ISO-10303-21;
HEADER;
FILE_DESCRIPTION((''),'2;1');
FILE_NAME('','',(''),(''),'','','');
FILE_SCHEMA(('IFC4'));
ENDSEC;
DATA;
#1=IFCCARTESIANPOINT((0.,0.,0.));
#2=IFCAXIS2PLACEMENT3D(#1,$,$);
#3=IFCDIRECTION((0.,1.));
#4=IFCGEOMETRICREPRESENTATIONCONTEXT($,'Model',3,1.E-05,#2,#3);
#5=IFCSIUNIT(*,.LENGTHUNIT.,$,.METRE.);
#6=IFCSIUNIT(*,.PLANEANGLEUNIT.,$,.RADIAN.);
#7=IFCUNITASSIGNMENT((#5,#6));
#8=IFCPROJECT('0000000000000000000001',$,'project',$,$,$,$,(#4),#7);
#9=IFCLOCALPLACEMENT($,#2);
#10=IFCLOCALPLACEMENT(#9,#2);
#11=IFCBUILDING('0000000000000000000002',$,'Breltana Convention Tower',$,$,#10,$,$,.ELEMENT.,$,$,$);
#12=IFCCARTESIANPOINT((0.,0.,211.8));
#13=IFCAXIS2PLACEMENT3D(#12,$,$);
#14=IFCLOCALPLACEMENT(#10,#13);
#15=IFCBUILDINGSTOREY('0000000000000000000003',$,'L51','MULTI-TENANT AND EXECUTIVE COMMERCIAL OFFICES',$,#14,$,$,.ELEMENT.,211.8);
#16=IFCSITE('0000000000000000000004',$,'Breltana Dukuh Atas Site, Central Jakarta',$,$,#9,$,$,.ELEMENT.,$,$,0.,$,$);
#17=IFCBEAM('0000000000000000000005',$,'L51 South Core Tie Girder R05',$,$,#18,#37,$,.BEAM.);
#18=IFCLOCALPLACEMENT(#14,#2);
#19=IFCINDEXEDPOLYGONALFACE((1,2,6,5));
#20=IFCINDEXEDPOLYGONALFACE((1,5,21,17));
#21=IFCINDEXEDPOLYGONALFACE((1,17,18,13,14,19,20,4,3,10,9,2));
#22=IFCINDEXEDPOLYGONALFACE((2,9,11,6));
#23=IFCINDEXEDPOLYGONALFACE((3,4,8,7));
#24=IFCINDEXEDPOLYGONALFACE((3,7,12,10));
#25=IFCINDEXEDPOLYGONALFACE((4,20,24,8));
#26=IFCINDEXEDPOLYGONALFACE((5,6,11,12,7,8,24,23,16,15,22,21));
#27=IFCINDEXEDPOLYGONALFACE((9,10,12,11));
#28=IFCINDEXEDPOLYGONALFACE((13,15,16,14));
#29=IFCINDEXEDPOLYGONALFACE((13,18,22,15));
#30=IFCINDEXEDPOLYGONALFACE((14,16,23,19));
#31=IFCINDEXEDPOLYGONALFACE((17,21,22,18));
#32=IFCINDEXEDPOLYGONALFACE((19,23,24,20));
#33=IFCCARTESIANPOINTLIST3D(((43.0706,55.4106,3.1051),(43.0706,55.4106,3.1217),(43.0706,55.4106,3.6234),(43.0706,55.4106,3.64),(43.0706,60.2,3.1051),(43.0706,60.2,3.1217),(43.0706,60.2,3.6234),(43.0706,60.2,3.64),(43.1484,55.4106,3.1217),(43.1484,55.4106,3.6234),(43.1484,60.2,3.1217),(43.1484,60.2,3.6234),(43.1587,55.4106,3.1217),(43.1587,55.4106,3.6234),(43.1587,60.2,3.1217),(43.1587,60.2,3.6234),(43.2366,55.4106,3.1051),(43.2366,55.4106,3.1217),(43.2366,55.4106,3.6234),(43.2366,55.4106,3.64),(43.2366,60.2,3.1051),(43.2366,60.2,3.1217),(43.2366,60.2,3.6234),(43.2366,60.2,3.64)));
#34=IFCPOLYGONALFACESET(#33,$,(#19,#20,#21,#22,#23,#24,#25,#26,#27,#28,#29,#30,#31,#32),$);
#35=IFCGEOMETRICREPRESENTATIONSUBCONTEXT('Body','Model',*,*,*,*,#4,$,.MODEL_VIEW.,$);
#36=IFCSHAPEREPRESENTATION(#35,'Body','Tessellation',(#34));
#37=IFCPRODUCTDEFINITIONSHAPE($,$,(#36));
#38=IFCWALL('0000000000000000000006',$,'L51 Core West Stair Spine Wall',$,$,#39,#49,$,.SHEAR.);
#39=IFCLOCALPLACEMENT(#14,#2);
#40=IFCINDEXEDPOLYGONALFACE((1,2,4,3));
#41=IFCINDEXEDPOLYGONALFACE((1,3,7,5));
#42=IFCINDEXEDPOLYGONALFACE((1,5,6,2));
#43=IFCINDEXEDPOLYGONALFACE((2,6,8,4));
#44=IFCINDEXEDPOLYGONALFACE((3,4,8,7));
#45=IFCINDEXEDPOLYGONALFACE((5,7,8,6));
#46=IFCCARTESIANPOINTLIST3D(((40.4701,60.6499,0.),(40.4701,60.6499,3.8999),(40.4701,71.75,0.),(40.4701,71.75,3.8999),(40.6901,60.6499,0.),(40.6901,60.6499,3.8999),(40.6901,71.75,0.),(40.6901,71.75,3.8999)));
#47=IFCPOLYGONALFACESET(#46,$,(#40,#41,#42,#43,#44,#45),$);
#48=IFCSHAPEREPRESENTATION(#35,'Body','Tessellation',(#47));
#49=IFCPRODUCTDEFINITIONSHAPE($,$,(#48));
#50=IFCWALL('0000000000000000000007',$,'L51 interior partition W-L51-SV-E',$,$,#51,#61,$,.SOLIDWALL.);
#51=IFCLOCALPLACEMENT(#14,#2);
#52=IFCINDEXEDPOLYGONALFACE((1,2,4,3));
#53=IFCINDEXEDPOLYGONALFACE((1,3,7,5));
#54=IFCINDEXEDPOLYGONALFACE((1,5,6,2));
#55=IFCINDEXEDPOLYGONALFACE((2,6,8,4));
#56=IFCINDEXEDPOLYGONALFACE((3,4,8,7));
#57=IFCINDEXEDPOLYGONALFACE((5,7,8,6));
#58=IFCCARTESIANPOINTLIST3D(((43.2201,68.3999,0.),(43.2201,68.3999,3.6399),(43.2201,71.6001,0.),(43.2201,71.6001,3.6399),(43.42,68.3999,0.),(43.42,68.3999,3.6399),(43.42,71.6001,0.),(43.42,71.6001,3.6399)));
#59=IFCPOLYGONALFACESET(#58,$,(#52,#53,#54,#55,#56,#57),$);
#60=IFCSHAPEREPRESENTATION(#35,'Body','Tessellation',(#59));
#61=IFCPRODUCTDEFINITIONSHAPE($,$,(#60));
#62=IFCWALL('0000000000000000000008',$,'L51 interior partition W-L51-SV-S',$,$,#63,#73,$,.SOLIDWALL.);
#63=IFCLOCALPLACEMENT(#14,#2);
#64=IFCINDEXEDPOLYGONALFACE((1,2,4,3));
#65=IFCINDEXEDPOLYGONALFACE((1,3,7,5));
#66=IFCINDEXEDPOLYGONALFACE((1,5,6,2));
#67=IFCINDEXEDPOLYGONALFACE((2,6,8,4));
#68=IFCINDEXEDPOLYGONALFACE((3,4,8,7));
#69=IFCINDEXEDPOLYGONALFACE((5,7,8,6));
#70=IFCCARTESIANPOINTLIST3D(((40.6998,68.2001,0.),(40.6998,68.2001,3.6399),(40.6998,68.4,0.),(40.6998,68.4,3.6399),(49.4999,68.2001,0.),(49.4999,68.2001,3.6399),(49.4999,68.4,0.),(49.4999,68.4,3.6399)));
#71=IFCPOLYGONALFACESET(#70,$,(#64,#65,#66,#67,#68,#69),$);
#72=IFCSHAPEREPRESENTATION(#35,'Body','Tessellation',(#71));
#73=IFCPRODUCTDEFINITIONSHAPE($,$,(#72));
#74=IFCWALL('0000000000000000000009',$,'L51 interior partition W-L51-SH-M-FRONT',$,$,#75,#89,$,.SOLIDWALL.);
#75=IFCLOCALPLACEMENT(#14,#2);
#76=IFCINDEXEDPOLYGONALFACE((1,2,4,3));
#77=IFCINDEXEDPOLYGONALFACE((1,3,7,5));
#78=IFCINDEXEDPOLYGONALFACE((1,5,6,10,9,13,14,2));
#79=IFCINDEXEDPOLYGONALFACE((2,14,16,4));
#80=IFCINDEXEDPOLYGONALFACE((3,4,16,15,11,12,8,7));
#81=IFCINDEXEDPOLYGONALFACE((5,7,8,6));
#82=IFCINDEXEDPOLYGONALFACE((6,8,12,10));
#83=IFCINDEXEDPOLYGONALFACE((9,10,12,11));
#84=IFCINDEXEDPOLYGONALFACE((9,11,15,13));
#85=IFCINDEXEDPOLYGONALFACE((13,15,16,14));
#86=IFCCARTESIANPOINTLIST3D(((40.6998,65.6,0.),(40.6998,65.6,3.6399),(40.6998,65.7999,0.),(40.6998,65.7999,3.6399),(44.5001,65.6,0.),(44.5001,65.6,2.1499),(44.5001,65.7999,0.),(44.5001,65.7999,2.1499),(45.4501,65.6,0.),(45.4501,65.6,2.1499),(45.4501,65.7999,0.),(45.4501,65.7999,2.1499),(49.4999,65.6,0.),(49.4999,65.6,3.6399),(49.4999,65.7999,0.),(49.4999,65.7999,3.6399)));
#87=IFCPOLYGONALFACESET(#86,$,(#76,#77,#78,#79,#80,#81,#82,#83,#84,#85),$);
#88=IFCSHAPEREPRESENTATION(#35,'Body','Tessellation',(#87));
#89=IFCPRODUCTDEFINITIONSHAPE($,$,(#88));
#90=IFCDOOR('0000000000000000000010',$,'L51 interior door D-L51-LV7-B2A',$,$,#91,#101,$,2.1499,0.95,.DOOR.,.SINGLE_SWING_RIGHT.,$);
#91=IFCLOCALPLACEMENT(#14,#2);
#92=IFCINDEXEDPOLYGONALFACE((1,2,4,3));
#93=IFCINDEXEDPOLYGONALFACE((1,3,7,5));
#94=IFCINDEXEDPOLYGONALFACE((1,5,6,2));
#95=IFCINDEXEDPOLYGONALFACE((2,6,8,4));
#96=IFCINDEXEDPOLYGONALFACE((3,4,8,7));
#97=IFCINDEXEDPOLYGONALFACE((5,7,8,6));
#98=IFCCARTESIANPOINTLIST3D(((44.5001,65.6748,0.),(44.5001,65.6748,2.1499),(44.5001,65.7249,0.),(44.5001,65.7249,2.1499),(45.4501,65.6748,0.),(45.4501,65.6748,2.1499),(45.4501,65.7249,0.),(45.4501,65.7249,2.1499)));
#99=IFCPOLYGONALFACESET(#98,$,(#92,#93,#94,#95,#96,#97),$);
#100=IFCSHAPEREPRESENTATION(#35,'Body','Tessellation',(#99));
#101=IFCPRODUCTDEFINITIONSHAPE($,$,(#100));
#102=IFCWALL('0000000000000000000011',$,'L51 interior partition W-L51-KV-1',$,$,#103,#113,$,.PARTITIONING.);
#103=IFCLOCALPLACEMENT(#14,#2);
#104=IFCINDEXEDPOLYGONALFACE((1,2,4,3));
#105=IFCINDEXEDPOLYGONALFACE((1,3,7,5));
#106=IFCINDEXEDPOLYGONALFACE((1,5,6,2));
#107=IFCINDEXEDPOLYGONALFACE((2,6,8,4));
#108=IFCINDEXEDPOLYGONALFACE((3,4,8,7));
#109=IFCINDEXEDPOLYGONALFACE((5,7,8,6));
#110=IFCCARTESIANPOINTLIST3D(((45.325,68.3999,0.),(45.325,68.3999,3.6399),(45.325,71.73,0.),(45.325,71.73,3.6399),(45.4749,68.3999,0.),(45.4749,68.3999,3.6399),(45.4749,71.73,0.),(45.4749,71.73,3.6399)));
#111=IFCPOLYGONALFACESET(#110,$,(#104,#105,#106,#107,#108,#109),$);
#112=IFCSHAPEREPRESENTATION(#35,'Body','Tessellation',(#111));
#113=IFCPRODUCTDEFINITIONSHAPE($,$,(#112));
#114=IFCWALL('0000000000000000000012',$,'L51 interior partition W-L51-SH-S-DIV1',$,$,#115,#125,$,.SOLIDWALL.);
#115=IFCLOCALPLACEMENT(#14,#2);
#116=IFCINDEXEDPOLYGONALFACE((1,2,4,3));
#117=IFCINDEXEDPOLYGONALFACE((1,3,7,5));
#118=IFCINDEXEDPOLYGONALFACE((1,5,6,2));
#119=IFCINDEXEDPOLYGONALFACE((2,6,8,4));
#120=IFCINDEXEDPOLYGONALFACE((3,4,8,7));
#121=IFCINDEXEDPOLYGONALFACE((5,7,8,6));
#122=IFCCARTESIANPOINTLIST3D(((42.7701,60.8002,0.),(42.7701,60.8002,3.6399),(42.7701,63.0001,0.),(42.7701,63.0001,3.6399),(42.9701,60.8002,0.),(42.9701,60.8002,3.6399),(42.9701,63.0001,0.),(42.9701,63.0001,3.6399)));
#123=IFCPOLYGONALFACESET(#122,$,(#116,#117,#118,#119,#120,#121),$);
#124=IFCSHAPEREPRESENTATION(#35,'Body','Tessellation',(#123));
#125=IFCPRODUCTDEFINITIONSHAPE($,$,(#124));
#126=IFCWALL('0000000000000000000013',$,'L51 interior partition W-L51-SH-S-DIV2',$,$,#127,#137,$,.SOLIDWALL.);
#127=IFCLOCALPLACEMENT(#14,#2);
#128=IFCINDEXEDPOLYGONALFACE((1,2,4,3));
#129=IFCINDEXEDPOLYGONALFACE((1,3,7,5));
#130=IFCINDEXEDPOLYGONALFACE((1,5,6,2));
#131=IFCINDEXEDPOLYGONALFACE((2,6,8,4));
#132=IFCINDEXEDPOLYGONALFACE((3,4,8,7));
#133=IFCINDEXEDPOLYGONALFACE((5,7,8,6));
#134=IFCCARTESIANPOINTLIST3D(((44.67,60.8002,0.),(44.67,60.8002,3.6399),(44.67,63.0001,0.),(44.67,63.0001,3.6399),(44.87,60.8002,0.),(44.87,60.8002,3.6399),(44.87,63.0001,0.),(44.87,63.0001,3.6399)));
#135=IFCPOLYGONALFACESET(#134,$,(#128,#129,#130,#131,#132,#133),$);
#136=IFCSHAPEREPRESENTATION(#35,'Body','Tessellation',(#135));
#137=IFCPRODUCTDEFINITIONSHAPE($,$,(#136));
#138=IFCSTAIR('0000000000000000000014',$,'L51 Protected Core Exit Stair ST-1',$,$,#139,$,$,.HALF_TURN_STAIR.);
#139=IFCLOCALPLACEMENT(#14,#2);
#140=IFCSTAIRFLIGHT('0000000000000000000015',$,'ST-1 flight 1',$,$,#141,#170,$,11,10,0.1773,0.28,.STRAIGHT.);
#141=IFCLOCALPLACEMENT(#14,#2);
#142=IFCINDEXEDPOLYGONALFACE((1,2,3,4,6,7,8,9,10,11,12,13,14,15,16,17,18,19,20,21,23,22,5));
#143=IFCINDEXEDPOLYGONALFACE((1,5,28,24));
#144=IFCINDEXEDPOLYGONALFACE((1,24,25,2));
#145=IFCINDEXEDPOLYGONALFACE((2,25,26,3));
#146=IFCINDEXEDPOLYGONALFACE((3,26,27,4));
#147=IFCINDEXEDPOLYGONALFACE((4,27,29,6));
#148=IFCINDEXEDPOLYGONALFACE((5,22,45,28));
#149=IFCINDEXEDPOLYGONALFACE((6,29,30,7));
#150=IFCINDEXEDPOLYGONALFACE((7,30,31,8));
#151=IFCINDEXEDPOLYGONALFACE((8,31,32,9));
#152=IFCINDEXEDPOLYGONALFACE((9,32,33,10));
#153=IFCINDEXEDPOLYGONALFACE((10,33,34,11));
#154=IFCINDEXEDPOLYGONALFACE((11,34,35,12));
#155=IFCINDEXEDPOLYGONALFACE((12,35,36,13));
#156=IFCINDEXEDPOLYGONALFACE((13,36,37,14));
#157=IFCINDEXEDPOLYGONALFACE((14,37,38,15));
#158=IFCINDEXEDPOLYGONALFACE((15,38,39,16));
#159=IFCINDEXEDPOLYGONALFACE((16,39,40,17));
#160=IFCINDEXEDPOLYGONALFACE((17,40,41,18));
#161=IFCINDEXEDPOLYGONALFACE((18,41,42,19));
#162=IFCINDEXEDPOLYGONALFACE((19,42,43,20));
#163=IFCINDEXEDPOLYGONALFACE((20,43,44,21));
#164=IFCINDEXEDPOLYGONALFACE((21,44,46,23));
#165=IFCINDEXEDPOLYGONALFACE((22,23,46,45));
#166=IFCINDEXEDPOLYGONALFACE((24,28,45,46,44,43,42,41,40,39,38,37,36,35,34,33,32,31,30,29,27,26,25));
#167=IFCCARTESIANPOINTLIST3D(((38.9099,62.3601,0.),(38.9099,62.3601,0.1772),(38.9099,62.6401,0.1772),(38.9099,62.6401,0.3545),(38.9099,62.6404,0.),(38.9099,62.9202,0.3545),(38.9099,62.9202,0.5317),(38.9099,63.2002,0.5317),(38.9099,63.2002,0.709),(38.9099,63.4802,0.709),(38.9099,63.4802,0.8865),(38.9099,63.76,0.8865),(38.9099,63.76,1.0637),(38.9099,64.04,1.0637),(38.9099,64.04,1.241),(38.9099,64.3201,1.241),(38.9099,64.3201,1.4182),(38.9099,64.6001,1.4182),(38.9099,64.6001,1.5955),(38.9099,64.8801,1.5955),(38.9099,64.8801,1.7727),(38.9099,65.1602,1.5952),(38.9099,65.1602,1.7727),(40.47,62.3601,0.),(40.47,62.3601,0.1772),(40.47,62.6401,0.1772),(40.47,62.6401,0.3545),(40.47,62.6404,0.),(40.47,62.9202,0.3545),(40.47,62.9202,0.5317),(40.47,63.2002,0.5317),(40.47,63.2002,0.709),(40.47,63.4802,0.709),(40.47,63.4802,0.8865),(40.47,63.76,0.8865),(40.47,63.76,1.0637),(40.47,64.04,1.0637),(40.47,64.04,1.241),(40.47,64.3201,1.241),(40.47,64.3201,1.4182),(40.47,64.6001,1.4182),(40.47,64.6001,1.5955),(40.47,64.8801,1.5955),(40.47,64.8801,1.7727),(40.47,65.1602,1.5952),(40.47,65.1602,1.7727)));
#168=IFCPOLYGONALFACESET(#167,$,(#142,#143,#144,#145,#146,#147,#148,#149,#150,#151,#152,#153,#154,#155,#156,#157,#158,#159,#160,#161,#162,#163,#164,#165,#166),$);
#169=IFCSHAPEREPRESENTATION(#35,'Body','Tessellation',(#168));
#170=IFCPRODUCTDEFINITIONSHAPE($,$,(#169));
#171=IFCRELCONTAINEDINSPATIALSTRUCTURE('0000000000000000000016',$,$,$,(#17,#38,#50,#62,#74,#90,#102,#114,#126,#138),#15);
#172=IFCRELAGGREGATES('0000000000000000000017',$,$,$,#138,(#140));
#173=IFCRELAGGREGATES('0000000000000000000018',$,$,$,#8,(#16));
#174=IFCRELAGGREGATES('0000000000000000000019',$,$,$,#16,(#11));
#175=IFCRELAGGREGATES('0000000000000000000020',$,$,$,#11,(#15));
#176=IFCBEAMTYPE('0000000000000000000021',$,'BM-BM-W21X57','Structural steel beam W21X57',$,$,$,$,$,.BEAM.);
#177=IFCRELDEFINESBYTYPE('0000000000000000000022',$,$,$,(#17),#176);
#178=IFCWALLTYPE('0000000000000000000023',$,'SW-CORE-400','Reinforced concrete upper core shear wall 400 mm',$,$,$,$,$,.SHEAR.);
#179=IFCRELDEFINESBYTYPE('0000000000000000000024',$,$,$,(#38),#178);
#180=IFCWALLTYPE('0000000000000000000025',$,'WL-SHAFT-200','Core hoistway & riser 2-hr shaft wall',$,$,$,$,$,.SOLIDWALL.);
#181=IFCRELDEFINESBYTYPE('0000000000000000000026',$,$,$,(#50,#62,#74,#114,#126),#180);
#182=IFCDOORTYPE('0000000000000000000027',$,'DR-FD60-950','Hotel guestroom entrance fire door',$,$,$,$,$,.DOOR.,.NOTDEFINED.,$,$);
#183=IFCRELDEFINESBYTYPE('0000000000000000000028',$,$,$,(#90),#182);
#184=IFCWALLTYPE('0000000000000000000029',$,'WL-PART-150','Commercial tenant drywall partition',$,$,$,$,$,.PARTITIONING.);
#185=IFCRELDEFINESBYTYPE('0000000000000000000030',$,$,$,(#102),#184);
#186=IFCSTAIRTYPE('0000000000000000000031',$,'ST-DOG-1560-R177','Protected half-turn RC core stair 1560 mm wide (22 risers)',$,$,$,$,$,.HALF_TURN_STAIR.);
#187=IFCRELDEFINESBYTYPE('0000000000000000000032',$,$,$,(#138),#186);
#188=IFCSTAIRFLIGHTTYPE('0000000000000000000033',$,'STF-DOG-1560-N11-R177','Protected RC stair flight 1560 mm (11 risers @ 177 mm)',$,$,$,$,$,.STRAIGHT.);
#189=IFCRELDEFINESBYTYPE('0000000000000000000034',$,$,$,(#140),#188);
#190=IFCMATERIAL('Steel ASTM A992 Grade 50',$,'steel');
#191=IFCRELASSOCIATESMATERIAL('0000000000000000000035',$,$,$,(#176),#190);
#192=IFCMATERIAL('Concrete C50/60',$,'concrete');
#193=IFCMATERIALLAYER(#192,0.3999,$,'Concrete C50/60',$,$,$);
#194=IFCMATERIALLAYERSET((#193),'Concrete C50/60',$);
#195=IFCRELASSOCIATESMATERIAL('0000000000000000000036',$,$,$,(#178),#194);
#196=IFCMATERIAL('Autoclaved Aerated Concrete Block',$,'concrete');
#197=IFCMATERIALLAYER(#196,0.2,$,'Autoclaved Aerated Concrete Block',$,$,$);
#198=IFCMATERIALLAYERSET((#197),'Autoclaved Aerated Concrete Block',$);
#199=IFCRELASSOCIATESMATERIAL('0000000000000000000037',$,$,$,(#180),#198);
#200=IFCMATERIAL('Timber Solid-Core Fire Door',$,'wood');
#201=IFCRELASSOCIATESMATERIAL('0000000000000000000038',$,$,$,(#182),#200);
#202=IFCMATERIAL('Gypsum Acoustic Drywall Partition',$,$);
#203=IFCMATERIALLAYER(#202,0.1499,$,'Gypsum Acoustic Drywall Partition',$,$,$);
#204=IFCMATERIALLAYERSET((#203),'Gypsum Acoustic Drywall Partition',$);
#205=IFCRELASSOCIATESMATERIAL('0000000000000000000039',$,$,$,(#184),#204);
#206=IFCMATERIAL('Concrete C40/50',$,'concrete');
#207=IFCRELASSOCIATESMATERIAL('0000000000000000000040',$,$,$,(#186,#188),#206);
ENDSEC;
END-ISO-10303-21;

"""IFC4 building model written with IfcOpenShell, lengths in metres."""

from ifc_helpers import new_model, si_unit, direction, frame, frame_2d, origin, origin_2d, place, context, subcontext, project, spatial, polyline, rectangle, i_section, outline, extrude, source, transform, mapped, material, layer, layer_set, material_profile, profile_set, type_object, type_shapes, element, fill, aggregate, save


model = new_model("IFC4")

# Units and contexts
model_context = context("Model", 3, precision=1e-05, world=origin(), true_north=direction((0.0, 1.0)))
body_context = subcontext(model_context, "Body", "Model", "MODEL_VIEW")
ifc_project = project(units=[si_unit("LENGTHUNIT", "METRE"), si_unit("PLANEANGLEUNIT", "RADIAN")], contexts=[model_context])

# Site, building, storey
site_placement = place(None, origin())
site = spatial("IfcSite", under=ifc_project, at=site_placement, Name="Breltana Dukuh Atas Site, Central Jakarta", CompositionType="ELEMENT", RefElevation=0.0)
building_placement = place(site_placement, origin())
building = spatial("IfcBuilding", under=site, at=building_placement, Name="Breltana Convention Tower", CompositionType="ELEMENT")
storey_placement = place(building_placement, frame((0.0, 0.0, 211.8)))
storey = spatial("IfcBuildingStorey", under=building, at=storey_placement, Name="L51", Description="MULTI-TENANT AND EXECUTIVE COMMERCIAL OFFICES", CompositionType="ELEMENT", Elevation=211.8)

# Beam
ifc_material_1 = material(Name="Steel ASTM A992 Grade 50", Category="steel")
ifc_material_profile = material_profile(ifc_material_1, i_section(OverallWidth=0.166, OverallDepth=0.5349, WebThickness=0.0103, FlangeThickness=0.0166, at=origin_2d()), Name="W21X57")
ifc_profile_set = profile_set([ifc_material_profile], Name="Steel ASTM A992 Grade 50")
beam_type = type_object("IfcBeamType", Name="BM-BM-W21X57", Description="Structural steel beam W21X57", PredefinedType="BEAM", material=ifc_profile_set)
shared_shape_1 = source(origin(), body_context, "Body", "SweptSolid", [
    extrude(i_section(OverallWidth=0.166, OverallDepth=0.5349, WebThickness=0.0103, FlangeThickness=0.0166, at=origin_2d()), origin(), (0.0, 0.0, 1.0), 4.7893),
])
beam_placement = place(storey_placement, frame((43.1536, 60.2, 3.3726), z_axis=(0.0, -1.0, 0.0), x_axis=(1.0, 0.0, 0.0)))
element("IfcBeam", 1, at=beam_placement, inside=storey, type_object=beam_type, Name="L51 South Core Tie Girder R05", PredefinedType="BEAM", context=body_context, shape_type="MappedRepresentation", body=[
    mapped(shared_shape_1, transform((0.0, 0.0, 0.0), scale=1.0)),
])

# Walls
ifc_material_2 = material(Name="Concrete C50/60", Category="concrete")
ifc_layer_1 = layer(ifc_material_2, 0.3999, Name="Concrete C50/60")
ifc_layer_set_1 = layer_set([ifc_layer_1], Name="Concrete C50/60")
wall_type_1 = type_object("IfcWallType", Name="SW-CORE-400", Description="Reinforced concrete upper core shear wall 400 mm", PredefinedType="SHEAR", material=ifc_layer_set_1)
shared_shape_2 = source(origin(), body_context, "Body", "SweptSolid", [
    extrude(rectangle(XDim=11.1001, YDim=0.22, at=frame_2d((5.55, 0.0))), origin(), (0.0, 0.0, 1.0), 3.8999),
])
wall_1_placement = place(storey_placement, frame((40.5801, 60.6499, 0.0), z_axis=(0.0, 0.0, 1.0), x_axis=(0.0, 1.0, 0.0)))
element("IfcWall", 2, at=wall_1_placement, inside=storey, type_object=wall_type_1, Name="L51 Core West Stair Spine Wall", PredefinedType="SHEAR", context=body_context, shape_type="MappedRepresentation", body=[
    mapped(shared_shape_2, transform((0.0, 0.0, 0.0), scale=1.0)),
])
ifc_material_3 = material(Name="Autoclaved Aerated Concrete Block", Category="concrete")
ifc_layer_2 = layer(ifc_material_3, 0.2, Name="Autoclaved Aerated Concrete Block")
ifc_layer_set_2 = layer_set([ifc_layer_2], Name="Autoclaved Aerated Concrete Block")
wall_type_2 = type_object("IfcWallType", Name="WL-SHAFT-200", Description="Core hoistway & riser 2-hr shaft wall", PredefinedType="SOLIDWALL", material=ifc_layer_set_2)
shared_shape_3 = source(origin(), body_context, "Body", "SweptSolid", [
    extrude(rectangle(XDim=3.2002, YDim=0.2, at=frame_2d((1.6001, 0.0))), origin(), (0.0, 0.0, 1.0), 3.6399),
])
wall_2_placement = place(storey_placement, frame((43.3201, 68.3999, 0.0), z_axis=(0.0, 0.0, 1.0), x_axis=(0.0, 1.0, 0.0)))
element("IfcWall", 3, at=wall_2_placement, inside=storey, type_object=wall_type_2, Name="L51 interior partition W-L51-SV-E", PredefinedType="SOLIDWALL", context=body_context, shape_type="MappedRepresentation", body=[
    mapped(shared_shape_3, transform((0.0, 0.0, 0.0), scale=1.0)),
])
shared_shape_4 = source(origin(), body_context, "Body", "SweptSolid", [
    extrude(rectangle(XDim=8.8, YDim=0.2, at=frame_2d((4.3999, 0.0))), origin(), (0.0, 0.0, 1.0), 3.6399),
])
wall_3_placement = place(storey_placement, frame((40.7, 68.3, 0.0), z_axis=(0.0, 0.0, 1.0), x_axis=(1.0, 0.0, 0.0)))
element("IfcWall", 4, at=wall_3_placement, inside=storey, type_object=wall_type_2, Name="L51 interior partition W-L51-SV-S", PredefinedType="SOLIDWALL", context=body_context, shape_type="MappedRepresentation", body=[
    mapped(shared_shape_4, transform((0.0, 0.0, 0.0), scale=1.0)),
])

# Wall, opening, door
wall_4_placement = place(storey_placement, frame((40.7, 65.7, 0.0), z_axis=(0.0, 0.0, 1.0), x_axis=(1.0, 0.0, 0.0)))
wall_4 = element("IfcWall", 5, at=wall_4_placement, inside=storey, type_object=wall_type_2, Name="L51 interior partition W-L51-SH-M-FRONT", PredefinedType="SOLIDWALL", context=body_context, shape_type="MappedRepresentation", body=[
    mapped(shared_shape_4, transform((0.0, 0.0, 0.0), scale=1.0)),
])
opening_1_placement = place(wall_4_placement, frame((3.8, 0.0, 0.0)))
opening_1 = element("IfcOpeningElement", 6, at=opening_1_placement, cuts=wall_4, PredefinedType="OPENING", context=body_context, shape_type="SweptSolid", body=[
    extrude(rectangle(XDim=0.95, YDim=2.1499, at=frame_2d((0.4751, 1.075))), frame((0.0, 0.1099, 0.0), z_axis=(0.0, -1.0, 0.0), x_axis=(1.0, 0.0, 0.0)), (0.0, 0.0, 1.0), 0.22),
])
ifc_material_4 = material(Name="Timber Solid-Core Fire Door", Category="wood")
door_type_1 = type_object("IfcDoorType", Name="DR-FD60-950", Description="Hotel guestroom entrance fire door", OperationType="NOTDEFINED", PredefinedType="DOOR", material=ifc_material_4)
shared_shape_5 = source(origin(), body_context, "Body", "SweptSolid", [
    extrude(rectangle(XDim=0.95, YDim=2.1499, at=frame_2d((0.4751, 1.075))), frame((0.0, 0.0249, 0.0), z_axis=(0.0, -1.0, 0.0), x_axis=(1.0, 0.0, 0.0)), (0.0, 0.0, 1.0), 0.05),
])
type_shapes(door_type_1, [shared_shape_5])
door_1_placement = place(opening_1_placement, origin())
door_1 = element("IfcDoor", 7, at=door_1_placement, inside=storey, type_object=door_type_1, Name="L51 interior door D-L51-LV7-B2A", OperationType="SINGLE_SWING_RIGHT", OverallHeight=2.1499, OverallWidth=0.95, PredefinedType="DOOR", context=body_context, shape_type="MappedRepresentation", body=[
    mapped(shared_shape_5, transform((0.0, 0.0, 0.0), scale=1.0)),
])
fill(opening_1, door_1)

# Wall
ifc_material_5 = material(Name="Gypsum Acoustic Drywall Partition")
ifc_layer_3 = layer(ifc_material_5, 0.1499, Name="Gypsum Acoustic Drywall Partition")
ifc_layer_set_3 = layer_set([ifc_layer_3], Name="Gypsum Acoustic Drywall Partition")
wall_type_3 = type_object("IfcWallType", Name="WL-PART-150", Description="Commercial tenant drywall partition", PredefinedType="PARTITIONING", material=ifc_layer_set_3)
shared_shape_6 = source(origin(), body_context, "Body", "SweptSolid", [
    extrude(rectangle(XDim=3.3301, YDim=0.1499, at=frame_2d((1.665, 0.0))), origin(), (0.0, 0.0, 1.0), 3.6399),
])
wall_5_placement = place(storey_placement, frame((45.3999, 68.3999, 0.0), z_axis=(0.0, 0.0, 1.0), x_axis=(0.0, 1.0, 0.0)))
element("IfcWall", 8, at=wall_5_placement, inside=storey, type_object=wall_type_3, Name="L51 interior partition W-L51-KV-1", PredefinedType="PARTITIONING", context=body_context, shape_type="MappedRepresentation", body=[
    mapped(shared_shape_6, transform((0.0, 0.0, 0.0), scale=1.0)),
])

# Walls
shared_shape_7 = source(origin(), body_context, "Body", "SweptSolid", [
    extrude(rectangle(XDim=2.2, YDim=0.2, at=frame_2d((1.1001, 0.0))), origin(), (0.0, 0.0, 1.0), 3.6399),
])
for number, where, z_axis, x_axis, name in (
    (9, (42.8701, 60.8, 0.0), (0.0, 0.0, 1.0), (0.0, 1.0, 0.0), "L51 interior partition W-L51-SH-S-DIV1"),
    (10, (44.77, 60.8, 0.0), (0.0, 0.0, 1.0), (0.0, 1.0, 0.0), "L51 interior partition W-L51-SH-S-DIV2"),
):
    element("IfcWall", number, at=place(storey_placement, frame(where, z_axis=z_axis, x_axis=x_axis)), inside=storey, type_object=wall_type_2, Name=name, PredefinedType="SOLIDWALL", context=body_context, shape_type="MappedRepresentation", body=[
        mapped(shared_shape_7, transform((0.0, 0.0, 0.0), scale=1.0)),
    ])

# Stair, stair flight
ifc_material_6 = material(Name="Concrete C40/50", Category="concrete")
stair_type = type_object("IfcStairType", Name="ST-DOG-1560-R177", Description="Protected half-turn RC core stair 1560 mm wide (22 risers)", PredefinedType="HALF_TURN_STAIR", material=ifc_material_6)
stair_placement = place(storey_placement, origin())
stair = element("IfcStair", 11, at=stair_placement, inside=storey, type_object=stair_type, Name="L51 Protected Core Exit Stair ST-1", PredefinedType="HALF_TURN_STAIR")
stair_flight_type = type_object("IfcStairFlightType", Name="STF-DOG-1560-N11-R177", Description="Protected RC stair flight 1560 mm (11 risers @ 177 mm)", PredefinedType="STRAIGHT", material=ifc_material_6)
stair_flight_1_placement = place(storey_placement, frame((39.6899, 62.3601, 0.0), z_axis=(0.0, 0.0, 1.0), x_axis=(0.0, 1.0, 0.0)))
stair_flight_1 = element("IfcStairFlight", 12, at=stair_flight_1_placement, type_object=stair_flight_type, Name="ST-1 flight 1", NumberOfRisers=11, NumberOfTreads=10, PredefinedType="STRAIGHT", RiserHeight=0.1773, TreadLength=0.28, context=body_context, shape_type="SweptSolid", body=[
    extrude(outline(polyline([(0.0, 0.0), (0.0, 0.1772), (0.28, 0.1772), (0.28, 0.3545), (0.5601, 0.3545), (0.5601, 0.5317), (0.8401, 0.5317), (0.8401, 0.709), (1.1201, 0.709), (1.1201, 0.8865), (1.3999, 0.8865), (1.3999, 1.0637), (1.6799, 1.0637), (1.6799, 1.241), (1.96, 1.241), (1.96, 1.4182), (2.24, 1.4182), (2.24, 1.5955), (2.52, 1.5955), (2.52, 1.7727), (2.8, 1.7727), (2.8, 1.95), (2.8, 1.5952), (0.2803, 0.0), (0.0, 0.0)])), frame((0.0, 0.78, 0.0), z_axis=(0.0, -1.0, 0.0), x_axis=(1.0, 0.0, 0.0)), (0.0, 0.0, 1.0), 1.5601),
])
aggregate(stair, [stair_flight_1])

save(model, "model.ifc")
